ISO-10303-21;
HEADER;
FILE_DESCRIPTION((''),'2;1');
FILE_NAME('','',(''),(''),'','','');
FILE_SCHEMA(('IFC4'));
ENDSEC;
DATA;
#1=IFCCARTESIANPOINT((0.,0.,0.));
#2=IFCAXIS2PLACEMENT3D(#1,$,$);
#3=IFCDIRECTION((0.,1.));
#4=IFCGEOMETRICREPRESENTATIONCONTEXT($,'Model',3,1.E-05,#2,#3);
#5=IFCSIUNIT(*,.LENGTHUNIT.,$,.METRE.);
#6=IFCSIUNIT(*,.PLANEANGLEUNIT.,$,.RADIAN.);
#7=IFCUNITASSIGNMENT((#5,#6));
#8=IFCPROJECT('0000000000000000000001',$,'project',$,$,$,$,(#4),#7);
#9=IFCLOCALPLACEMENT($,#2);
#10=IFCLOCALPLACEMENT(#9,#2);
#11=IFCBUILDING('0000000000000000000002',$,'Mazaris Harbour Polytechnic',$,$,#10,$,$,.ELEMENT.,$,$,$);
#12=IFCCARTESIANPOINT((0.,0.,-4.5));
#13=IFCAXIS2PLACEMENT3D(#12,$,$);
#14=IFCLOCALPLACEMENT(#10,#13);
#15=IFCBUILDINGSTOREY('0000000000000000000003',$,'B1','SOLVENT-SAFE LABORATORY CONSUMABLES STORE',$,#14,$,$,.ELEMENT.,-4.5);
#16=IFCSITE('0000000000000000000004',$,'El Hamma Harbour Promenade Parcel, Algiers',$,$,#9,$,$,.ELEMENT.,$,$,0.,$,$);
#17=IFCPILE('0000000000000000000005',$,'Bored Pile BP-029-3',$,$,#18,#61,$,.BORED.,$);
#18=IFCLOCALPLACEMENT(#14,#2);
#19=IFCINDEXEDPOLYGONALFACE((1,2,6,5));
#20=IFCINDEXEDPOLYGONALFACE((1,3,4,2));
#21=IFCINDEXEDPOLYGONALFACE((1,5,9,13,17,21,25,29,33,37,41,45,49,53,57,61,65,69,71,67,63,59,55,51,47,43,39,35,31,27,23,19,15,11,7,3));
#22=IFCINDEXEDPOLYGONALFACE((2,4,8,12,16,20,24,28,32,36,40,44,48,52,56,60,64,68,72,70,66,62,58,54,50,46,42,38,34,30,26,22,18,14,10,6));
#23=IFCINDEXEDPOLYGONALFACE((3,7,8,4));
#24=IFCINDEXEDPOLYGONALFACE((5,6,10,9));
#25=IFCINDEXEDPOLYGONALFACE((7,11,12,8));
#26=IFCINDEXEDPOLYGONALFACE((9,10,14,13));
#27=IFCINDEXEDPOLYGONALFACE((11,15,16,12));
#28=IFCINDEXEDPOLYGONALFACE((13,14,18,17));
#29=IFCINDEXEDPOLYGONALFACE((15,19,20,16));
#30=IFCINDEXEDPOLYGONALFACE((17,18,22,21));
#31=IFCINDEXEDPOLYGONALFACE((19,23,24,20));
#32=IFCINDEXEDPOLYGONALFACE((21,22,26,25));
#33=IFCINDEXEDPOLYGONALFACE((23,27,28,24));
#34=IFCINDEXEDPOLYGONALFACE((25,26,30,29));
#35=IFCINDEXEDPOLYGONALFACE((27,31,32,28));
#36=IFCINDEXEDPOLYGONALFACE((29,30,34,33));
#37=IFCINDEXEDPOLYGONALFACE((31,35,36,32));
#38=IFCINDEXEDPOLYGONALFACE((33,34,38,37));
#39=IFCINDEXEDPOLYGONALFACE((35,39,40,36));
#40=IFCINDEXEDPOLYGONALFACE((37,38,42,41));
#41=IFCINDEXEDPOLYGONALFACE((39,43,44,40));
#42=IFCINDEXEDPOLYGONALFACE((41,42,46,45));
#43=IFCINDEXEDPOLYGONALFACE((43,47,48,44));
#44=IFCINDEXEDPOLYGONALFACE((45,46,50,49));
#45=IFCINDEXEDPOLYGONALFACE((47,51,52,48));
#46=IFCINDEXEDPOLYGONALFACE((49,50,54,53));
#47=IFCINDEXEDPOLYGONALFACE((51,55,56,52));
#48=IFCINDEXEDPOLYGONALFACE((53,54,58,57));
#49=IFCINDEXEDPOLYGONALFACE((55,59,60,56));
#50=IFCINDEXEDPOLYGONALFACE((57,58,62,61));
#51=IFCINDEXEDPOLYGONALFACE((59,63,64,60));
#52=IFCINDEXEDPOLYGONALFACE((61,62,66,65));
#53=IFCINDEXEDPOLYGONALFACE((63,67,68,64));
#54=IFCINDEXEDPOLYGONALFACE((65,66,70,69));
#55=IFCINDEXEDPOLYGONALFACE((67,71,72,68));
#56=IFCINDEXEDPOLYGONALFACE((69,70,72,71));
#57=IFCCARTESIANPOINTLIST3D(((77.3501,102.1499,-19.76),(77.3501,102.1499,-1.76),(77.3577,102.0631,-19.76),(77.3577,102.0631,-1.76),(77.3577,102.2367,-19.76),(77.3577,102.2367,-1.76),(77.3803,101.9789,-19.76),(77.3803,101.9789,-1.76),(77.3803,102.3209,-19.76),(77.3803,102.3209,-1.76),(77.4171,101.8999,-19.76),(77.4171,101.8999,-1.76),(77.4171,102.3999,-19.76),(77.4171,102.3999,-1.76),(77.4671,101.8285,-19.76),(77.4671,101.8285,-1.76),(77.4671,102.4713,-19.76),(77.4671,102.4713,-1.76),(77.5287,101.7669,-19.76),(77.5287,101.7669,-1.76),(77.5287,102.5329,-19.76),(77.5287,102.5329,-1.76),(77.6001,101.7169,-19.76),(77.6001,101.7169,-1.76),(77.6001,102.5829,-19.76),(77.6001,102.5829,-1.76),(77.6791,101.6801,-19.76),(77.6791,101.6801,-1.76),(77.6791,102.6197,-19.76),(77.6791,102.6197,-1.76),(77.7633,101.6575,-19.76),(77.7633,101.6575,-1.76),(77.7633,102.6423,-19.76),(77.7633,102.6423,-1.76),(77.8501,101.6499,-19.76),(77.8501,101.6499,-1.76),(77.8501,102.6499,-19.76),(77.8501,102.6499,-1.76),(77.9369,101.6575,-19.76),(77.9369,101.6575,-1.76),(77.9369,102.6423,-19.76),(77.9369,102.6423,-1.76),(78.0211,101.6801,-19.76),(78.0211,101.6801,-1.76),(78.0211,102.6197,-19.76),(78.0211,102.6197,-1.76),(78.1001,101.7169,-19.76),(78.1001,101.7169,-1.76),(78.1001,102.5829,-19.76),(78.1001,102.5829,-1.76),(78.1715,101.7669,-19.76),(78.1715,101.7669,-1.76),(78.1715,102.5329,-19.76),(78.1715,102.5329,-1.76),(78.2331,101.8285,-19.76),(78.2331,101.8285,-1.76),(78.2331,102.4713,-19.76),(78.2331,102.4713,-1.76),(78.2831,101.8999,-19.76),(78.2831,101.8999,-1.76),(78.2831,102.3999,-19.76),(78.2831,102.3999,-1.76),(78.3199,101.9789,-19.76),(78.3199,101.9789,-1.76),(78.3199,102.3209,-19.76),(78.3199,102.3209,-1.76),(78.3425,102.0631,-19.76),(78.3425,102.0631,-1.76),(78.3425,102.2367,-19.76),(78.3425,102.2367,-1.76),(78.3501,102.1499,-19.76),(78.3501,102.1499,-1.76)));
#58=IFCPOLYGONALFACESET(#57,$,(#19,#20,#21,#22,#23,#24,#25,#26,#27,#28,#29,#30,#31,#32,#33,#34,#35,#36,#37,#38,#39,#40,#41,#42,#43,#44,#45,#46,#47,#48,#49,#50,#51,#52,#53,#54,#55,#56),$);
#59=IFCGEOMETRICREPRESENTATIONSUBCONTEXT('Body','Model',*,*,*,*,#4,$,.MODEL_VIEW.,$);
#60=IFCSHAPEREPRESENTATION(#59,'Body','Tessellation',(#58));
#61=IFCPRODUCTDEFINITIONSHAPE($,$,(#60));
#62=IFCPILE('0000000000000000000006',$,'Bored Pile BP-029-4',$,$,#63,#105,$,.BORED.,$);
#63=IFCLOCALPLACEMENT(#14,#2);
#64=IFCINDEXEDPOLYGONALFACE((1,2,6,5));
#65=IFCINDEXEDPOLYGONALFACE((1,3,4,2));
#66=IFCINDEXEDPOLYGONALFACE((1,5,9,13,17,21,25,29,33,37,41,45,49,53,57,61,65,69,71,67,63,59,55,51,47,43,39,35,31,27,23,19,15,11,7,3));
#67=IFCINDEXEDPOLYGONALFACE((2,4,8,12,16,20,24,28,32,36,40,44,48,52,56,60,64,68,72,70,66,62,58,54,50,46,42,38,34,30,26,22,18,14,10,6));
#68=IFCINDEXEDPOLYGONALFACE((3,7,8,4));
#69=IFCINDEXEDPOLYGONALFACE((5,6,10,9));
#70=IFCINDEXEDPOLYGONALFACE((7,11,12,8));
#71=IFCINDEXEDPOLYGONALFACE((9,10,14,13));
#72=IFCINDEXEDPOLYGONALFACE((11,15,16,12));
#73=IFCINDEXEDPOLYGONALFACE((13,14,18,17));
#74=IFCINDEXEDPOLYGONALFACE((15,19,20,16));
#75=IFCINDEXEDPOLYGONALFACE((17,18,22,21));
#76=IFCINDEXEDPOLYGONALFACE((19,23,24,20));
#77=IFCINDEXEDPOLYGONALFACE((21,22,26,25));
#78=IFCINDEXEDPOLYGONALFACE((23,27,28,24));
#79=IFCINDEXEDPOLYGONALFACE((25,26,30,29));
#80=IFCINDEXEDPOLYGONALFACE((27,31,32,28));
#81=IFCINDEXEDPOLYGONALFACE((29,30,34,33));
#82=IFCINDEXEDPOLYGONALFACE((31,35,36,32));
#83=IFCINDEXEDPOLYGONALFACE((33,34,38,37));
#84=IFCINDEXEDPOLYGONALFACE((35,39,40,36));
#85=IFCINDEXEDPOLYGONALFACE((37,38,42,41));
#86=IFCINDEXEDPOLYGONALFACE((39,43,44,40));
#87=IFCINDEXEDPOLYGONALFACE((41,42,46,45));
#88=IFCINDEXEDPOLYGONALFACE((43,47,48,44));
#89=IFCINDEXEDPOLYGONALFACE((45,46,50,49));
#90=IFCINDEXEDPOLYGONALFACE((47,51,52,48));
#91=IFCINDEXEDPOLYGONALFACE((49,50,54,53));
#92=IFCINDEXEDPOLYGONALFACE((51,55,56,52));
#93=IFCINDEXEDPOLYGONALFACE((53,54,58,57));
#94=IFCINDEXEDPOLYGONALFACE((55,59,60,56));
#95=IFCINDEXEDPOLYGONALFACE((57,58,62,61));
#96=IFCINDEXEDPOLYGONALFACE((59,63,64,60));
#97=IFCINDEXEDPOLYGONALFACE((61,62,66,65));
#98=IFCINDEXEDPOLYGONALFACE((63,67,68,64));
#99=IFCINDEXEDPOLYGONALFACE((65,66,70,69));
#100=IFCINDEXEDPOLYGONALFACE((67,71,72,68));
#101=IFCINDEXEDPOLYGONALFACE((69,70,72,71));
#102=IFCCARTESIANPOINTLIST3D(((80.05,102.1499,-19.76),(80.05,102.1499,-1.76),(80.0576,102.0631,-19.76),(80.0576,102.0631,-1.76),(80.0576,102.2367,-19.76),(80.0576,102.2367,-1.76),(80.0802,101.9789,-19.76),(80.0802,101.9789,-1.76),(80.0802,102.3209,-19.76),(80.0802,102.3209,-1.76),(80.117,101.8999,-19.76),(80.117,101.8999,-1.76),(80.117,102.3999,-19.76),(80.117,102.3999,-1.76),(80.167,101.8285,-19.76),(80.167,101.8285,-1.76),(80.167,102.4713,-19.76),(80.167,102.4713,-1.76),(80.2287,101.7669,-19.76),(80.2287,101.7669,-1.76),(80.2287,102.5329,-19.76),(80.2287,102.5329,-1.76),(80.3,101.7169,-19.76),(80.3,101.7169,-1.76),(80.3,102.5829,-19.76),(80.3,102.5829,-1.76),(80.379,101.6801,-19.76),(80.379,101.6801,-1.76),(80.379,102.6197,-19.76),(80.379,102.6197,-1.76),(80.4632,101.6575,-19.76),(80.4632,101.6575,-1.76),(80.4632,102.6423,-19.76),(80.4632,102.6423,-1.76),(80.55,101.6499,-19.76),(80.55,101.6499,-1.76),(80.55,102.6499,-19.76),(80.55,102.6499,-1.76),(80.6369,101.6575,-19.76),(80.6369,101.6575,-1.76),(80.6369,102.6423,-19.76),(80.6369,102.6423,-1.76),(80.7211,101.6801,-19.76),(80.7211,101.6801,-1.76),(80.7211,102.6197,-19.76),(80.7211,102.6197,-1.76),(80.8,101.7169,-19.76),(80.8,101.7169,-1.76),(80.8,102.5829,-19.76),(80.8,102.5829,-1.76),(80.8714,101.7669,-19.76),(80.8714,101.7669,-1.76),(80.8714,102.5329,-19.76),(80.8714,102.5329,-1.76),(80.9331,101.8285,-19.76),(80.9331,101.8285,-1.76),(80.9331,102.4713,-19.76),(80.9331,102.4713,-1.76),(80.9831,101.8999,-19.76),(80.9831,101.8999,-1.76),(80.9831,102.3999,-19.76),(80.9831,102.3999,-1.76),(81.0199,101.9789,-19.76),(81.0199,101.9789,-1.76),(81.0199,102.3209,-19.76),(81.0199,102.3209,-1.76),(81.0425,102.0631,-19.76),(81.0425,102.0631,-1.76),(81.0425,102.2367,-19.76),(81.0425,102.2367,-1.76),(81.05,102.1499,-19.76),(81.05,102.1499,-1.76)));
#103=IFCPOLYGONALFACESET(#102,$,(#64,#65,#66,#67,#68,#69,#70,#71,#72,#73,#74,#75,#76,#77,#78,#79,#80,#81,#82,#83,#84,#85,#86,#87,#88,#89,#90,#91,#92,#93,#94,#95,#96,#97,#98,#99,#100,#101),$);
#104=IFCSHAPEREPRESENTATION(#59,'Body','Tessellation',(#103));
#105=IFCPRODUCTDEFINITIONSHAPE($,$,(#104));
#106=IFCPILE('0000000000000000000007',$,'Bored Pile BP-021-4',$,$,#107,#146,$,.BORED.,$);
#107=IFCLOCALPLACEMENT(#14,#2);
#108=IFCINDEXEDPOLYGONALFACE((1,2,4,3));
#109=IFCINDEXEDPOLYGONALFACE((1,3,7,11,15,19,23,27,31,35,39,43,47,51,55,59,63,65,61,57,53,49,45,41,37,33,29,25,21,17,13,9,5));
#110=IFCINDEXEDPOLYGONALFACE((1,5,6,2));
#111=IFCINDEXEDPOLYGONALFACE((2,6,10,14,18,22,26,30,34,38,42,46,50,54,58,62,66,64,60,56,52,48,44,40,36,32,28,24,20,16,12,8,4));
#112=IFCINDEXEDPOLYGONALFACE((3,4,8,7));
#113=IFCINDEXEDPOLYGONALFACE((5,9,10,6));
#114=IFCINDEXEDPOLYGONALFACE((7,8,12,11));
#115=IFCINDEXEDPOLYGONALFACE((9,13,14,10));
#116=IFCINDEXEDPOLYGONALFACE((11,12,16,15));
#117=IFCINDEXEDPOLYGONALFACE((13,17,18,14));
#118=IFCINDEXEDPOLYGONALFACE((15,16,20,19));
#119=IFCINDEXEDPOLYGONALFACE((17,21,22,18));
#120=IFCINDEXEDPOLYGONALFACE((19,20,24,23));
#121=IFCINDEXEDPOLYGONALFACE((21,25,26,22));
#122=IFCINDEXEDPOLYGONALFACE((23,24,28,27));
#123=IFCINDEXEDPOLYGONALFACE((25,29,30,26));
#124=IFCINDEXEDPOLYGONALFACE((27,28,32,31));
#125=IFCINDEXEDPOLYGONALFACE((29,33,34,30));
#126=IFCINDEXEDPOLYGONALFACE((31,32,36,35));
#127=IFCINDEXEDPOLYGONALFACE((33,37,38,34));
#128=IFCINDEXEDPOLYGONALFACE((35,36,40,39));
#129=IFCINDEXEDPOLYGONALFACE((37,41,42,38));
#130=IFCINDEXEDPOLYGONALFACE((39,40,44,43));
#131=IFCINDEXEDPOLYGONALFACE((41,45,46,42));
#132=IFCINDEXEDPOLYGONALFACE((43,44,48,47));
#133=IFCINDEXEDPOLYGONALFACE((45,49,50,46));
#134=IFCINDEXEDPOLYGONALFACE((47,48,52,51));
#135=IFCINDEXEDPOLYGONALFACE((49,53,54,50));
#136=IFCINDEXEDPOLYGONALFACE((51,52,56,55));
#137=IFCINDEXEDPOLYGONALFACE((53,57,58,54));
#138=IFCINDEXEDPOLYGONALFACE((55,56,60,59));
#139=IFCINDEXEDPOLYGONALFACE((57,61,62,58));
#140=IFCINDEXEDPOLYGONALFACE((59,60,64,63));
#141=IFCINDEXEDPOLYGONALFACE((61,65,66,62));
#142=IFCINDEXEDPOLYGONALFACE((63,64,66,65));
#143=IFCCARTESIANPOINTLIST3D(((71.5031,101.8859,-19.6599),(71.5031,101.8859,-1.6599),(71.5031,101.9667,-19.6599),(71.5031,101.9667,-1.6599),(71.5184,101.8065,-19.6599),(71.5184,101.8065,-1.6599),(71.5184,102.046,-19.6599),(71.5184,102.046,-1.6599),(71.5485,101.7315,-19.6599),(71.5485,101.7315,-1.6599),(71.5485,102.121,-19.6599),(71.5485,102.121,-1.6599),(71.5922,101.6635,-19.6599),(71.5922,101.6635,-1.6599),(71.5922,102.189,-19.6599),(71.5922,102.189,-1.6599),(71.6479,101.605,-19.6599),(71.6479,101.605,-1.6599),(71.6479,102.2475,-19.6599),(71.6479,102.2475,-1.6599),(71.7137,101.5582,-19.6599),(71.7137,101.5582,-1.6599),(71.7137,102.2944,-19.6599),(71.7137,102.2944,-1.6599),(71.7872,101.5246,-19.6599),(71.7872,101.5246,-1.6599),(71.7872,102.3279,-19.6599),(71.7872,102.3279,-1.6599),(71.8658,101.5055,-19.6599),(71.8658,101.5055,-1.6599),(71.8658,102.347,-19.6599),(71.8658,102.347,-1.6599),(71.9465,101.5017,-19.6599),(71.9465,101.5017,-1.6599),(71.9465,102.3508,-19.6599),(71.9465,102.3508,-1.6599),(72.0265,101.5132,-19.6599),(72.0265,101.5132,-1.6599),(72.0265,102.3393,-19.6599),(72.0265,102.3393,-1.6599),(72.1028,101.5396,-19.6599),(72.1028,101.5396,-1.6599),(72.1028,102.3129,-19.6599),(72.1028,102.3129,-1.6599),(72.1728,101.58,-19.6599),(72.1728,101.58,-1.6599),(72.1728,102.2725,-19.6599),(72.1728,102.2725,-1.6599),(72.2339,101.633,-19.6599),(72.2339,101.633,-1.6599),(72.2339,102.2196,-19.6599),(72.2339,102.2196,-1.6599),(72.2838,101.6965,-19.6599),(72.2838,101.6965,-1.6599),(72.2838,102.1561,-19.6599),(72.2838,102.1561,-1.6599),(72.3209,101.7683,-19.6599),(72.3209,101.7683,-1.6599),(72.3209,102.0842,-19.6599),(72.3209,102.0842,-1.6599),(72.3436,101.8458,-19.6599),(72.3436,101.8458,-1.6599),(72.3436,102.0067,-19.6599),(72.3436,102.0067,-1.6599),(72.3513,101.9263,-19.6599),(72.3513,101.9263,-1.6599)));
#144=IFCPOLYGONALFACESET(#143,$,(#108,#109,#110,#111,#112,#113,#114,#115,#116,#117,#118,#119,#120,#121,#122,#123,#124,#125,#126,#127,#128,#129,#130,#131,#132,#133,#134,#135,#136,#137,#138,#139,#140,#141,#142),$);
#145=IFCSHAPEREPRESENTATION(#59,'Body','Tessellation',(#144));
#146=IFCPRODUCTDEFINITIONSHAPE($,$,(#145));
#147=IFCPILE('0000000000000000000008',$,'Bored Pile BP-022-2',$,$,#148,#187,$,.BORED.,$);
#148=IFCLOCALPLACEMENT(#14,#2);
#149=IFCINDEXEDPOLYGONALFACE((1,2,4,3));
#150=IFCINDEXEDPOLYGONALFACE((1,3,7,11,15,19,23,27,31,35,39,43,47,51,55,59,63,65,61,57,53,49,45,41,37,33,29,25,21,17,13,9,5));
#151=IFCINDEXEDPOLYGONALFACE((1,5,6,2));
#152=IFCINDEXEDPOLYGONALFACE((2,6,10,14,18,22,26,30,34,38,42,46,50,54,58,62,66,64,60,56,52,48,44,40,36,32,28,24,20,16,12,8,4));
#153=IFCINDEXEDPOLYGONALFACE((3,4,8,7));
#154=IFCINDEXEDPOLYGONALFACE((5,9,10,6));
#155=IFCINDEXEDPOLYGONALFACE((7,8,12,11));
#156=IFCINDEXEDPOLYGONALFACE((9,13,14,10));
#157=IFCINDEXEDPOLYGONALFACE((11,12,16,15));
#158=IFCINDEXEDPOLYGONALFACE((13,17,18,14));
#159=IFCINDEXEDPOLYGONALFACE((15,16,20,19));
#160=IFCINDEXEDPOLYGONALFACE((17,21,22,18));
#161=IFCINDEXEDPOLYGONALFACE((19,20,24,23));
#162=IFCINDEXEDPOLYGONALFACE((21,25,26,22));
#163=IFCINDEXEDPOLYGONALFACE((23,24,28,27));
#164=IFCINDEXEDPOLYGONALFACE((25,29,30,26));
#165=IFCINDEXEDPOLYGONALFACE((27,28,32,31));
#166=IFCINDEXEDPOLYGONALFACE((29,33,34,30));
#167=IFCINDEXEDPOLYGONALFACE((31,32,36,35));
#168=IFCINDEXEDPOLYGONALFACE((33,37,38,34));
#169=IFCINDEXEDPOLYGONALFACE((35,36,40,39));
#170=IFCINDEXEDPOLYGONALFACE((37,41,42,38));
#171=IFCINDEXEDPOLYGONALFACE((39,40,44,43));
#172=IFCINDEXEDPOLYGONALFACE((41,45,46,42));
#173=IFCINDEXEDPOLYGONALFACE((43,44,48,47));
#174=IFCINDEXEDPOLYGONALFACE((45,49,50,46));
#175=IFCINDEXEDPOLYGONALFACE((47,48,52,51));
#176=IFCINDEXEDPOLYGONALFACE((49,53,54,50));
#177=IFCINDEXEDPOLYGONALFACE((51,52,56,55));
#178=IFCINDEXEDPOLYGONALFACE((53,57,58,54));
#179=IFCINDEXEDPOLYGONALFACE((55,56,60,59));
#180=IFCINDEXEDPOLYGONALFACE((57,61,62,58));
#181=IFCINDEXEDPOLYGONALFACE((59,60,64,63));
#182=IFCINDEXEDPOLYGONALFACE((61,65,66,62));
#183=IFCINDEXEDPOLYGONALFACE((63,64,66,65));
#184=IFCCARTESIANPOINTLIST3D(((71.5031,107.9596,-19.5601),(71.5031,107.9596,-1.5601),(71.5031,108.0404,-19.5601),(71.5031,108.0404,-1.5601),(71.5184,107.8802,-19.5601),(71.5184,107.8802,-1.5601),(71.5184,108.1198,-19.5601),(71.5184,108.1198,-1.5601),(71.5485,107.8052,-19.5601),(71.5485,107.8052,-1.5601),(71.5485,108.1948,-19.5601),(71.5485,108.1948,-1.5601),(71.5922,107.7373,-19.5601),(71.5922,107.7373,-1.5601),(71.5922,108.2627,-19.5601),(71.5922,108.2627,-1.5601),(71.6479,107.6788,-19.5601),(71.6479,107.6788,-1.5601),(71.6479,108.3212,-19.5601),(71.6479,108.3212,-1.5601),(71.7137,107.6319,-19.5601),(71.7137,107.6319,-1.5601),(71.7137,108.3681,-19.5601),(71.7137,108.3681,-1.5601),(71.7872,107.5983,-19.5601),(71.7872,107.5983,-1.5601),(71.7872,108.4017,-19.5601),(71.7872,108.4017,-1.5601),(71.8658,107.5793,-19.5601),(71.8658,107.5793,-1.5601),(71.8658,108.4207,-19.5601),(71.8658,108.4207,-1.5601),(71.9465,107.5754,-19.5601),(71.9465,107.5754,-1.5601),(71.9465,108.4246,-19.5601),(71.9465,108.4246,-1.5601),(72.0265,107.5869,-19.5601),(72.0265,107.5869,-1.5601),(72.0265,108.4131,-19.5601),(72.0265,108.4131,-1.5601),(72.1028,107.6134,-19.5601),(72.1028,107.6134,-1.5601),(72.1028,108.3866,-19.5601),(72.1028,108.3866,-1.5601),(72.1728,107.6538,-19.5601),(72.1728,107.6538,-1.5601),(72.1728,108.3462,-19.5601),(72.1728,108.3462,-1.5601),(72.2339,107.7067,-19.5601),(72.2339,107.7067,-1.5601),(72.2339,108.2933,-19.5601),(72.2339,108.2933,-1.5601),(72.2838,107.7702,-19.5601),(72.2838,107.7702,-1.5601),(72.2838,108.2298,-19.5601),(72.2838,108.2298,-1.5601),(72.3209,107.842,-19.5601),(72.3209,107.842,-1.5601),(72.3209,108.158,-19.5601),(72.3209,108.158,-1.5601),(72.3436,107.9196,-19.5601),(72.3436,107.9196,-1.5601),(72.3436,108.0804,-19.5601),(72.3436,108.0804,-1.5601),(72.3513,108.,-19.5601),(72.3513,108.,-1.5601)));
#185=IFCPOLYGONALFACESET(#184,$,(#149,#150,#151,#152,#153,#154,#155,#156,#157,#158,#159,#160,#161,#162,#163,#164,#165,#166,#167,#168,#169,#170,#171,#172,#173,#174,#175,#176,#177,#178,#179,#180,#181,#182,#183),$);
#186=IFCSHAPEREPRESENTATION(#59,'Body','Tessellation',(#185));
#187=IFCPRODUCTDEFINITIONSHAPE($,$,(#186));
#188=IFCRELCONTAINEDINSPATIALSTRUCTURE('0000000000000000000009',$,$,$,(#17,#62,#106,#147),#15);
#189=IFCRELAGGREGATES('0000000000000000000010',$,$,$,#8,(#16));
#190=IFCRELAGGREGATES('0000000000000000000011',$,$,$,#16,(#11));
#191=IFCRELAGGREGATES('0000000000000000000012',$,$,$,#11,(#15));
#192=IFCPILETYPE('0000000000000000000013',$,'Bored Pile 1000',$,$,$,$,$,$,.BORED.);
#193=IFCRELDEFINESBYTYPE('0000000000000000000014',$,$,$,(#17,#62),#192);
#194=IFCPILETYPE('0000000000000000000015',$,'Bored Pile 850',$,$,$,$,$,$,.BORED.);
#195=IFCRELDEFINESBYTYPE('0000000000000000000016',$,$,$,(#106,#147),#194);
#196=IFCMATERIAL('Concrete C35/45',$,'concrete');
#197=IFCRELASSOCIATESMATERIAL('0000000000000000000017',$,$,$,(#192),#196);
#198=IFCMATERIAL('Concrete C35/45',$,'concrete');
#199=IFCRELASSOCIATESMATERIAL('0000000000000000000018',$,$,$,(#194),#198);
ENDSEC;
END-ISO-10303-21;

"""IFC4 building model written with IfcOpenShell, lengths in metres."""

from ifc_helpers import new_model, si_unit, direction, frame, origin, origin_2d, place, context, subcontext, project, spatial, circle, extrude, material, material_profile, profile_set, type_object, element, save


model = new_model("IFC4")

# Units and contexts
model_context = context("Model", 3, precision=1e-05, world=origin(), true_north=direction((0.0, 1.0)))
body_context = subcontext(model_context, "Body", "Model", "MODEL_VIEW")
ifc_project = project(units=[si_unit("LENGTHUNIT", "METRE"), si_unit("PLANEANGLEUNIT", "RADIAN")], contexts=[model_context])

# Site, building, storey
site_placement = place(None, origin())
site = spatial("IfcSite", under=ifc_project, at=site_placement, Name="El Hamma Harbour Promenade Parcel, Algiers", CompositionType="ELEMENT", RefElevation=0.0)
building_placement = place(site_placement, origin())
building = spatial("IfcBuilding", under=site, at=building_placement, Name="Mazaris Harbour Polytechnic", CompositionType="ELEMENT")
storey_placement = place(building_placement, frame((0.0, 0.0, -4.5)))
storey = spatial("IfcBuildingStorey", under=building, at=storey_placement, Name="B1", Description="SOLVENT-SAFE LABORATORY CONSUMABLES STORE", CompositionType="ELEMENT", Elevation=-4.5)

# Piles
ifc_material_1 = material(Name="Concrete C35/45", Category="concrete")
ifc_material_profile_1 = material_profile(ifc_material_1, circle(Radius=0.5, at=origin_2d()), Name="DIA1000")
ifc_profile_set_1 = profile_set([ifc_material_profile_1], Name="Concrete C35/45")
pile_type_1 = type_object("IfcPileType", Name="Bored Pile 1000", PredefinedType="BORED", material=ifc_profile_set_1)
for number, where, z_axis, x_axis, name in (
    (1, (77.8501, 102.1499, -1.76), (0.0, 0.0, -1.0), (1.0, 0.0, 0.0), "Bored Pile BP-029-3"),
    (2, (80.55, 102.1499, -1.76), (0.0, 0.0, -1.0), (1.0, 0.0, 0.0), "Bored Pile BP-029-4"),
):
    element("IfcPile", number, at=place(storey_placement, frame(where, z_axis=z_axis, x_axis=x_axis)), inside=storey, type_object=pile_type_1, Name=name, PredefinedType="BORED", context=body_context, shape_type="SweptSolid", body=[
        extrude(circle(Radius=0.5, at=origin_2d()), origin(), (0.0, 0.0, 1.0), 18.0),
    ])
ifc_material_2 = material(Name="Concrete C35/45", Category="concrete")
ifc_material_profile_2 = material_profile(ifc_material_2, circle(Radius=0.425, at=origin_2d()), Name="DIA850")
ifc_profile_set_2 = profile_set([ifc_material_profile_2], Name="Concrete C35/45")
pile_type_2 = type_object("IfcPileType", Name="Bored Pile 850", PredefinedType="BORED", material=ifc_profile_set_2)
for number, where, z_axis, x_axis, name in (
    (3, (71.9263, 101.9263, -1.6599), (0.0, 0.0, -1.0), (1.0, 0.0, 0.0), "Bored Pile BP-021-4"),
    (4, (71.9263, 108.0, -1.5601), (0.0, 0.0, -1.0), (1.0, 0.0, 0.0), "Bored Pile BP-022-2"),
):
    element("IfcPile", number, at=place(storey_placement, frame(where, z_axis=z_axis, x_axis=x_axis)), inside=storey, type_object=pile_type_2, Name=name, PredefinedType="BORED", context=body_context, shape_type="SweptSolid", body=[
        extrude(circle(Radius=0.425, at=origin_2d()), origin(), (0.0, 0.0, 1.0), 18.0),
    ])

save(model, "model.ifc")
